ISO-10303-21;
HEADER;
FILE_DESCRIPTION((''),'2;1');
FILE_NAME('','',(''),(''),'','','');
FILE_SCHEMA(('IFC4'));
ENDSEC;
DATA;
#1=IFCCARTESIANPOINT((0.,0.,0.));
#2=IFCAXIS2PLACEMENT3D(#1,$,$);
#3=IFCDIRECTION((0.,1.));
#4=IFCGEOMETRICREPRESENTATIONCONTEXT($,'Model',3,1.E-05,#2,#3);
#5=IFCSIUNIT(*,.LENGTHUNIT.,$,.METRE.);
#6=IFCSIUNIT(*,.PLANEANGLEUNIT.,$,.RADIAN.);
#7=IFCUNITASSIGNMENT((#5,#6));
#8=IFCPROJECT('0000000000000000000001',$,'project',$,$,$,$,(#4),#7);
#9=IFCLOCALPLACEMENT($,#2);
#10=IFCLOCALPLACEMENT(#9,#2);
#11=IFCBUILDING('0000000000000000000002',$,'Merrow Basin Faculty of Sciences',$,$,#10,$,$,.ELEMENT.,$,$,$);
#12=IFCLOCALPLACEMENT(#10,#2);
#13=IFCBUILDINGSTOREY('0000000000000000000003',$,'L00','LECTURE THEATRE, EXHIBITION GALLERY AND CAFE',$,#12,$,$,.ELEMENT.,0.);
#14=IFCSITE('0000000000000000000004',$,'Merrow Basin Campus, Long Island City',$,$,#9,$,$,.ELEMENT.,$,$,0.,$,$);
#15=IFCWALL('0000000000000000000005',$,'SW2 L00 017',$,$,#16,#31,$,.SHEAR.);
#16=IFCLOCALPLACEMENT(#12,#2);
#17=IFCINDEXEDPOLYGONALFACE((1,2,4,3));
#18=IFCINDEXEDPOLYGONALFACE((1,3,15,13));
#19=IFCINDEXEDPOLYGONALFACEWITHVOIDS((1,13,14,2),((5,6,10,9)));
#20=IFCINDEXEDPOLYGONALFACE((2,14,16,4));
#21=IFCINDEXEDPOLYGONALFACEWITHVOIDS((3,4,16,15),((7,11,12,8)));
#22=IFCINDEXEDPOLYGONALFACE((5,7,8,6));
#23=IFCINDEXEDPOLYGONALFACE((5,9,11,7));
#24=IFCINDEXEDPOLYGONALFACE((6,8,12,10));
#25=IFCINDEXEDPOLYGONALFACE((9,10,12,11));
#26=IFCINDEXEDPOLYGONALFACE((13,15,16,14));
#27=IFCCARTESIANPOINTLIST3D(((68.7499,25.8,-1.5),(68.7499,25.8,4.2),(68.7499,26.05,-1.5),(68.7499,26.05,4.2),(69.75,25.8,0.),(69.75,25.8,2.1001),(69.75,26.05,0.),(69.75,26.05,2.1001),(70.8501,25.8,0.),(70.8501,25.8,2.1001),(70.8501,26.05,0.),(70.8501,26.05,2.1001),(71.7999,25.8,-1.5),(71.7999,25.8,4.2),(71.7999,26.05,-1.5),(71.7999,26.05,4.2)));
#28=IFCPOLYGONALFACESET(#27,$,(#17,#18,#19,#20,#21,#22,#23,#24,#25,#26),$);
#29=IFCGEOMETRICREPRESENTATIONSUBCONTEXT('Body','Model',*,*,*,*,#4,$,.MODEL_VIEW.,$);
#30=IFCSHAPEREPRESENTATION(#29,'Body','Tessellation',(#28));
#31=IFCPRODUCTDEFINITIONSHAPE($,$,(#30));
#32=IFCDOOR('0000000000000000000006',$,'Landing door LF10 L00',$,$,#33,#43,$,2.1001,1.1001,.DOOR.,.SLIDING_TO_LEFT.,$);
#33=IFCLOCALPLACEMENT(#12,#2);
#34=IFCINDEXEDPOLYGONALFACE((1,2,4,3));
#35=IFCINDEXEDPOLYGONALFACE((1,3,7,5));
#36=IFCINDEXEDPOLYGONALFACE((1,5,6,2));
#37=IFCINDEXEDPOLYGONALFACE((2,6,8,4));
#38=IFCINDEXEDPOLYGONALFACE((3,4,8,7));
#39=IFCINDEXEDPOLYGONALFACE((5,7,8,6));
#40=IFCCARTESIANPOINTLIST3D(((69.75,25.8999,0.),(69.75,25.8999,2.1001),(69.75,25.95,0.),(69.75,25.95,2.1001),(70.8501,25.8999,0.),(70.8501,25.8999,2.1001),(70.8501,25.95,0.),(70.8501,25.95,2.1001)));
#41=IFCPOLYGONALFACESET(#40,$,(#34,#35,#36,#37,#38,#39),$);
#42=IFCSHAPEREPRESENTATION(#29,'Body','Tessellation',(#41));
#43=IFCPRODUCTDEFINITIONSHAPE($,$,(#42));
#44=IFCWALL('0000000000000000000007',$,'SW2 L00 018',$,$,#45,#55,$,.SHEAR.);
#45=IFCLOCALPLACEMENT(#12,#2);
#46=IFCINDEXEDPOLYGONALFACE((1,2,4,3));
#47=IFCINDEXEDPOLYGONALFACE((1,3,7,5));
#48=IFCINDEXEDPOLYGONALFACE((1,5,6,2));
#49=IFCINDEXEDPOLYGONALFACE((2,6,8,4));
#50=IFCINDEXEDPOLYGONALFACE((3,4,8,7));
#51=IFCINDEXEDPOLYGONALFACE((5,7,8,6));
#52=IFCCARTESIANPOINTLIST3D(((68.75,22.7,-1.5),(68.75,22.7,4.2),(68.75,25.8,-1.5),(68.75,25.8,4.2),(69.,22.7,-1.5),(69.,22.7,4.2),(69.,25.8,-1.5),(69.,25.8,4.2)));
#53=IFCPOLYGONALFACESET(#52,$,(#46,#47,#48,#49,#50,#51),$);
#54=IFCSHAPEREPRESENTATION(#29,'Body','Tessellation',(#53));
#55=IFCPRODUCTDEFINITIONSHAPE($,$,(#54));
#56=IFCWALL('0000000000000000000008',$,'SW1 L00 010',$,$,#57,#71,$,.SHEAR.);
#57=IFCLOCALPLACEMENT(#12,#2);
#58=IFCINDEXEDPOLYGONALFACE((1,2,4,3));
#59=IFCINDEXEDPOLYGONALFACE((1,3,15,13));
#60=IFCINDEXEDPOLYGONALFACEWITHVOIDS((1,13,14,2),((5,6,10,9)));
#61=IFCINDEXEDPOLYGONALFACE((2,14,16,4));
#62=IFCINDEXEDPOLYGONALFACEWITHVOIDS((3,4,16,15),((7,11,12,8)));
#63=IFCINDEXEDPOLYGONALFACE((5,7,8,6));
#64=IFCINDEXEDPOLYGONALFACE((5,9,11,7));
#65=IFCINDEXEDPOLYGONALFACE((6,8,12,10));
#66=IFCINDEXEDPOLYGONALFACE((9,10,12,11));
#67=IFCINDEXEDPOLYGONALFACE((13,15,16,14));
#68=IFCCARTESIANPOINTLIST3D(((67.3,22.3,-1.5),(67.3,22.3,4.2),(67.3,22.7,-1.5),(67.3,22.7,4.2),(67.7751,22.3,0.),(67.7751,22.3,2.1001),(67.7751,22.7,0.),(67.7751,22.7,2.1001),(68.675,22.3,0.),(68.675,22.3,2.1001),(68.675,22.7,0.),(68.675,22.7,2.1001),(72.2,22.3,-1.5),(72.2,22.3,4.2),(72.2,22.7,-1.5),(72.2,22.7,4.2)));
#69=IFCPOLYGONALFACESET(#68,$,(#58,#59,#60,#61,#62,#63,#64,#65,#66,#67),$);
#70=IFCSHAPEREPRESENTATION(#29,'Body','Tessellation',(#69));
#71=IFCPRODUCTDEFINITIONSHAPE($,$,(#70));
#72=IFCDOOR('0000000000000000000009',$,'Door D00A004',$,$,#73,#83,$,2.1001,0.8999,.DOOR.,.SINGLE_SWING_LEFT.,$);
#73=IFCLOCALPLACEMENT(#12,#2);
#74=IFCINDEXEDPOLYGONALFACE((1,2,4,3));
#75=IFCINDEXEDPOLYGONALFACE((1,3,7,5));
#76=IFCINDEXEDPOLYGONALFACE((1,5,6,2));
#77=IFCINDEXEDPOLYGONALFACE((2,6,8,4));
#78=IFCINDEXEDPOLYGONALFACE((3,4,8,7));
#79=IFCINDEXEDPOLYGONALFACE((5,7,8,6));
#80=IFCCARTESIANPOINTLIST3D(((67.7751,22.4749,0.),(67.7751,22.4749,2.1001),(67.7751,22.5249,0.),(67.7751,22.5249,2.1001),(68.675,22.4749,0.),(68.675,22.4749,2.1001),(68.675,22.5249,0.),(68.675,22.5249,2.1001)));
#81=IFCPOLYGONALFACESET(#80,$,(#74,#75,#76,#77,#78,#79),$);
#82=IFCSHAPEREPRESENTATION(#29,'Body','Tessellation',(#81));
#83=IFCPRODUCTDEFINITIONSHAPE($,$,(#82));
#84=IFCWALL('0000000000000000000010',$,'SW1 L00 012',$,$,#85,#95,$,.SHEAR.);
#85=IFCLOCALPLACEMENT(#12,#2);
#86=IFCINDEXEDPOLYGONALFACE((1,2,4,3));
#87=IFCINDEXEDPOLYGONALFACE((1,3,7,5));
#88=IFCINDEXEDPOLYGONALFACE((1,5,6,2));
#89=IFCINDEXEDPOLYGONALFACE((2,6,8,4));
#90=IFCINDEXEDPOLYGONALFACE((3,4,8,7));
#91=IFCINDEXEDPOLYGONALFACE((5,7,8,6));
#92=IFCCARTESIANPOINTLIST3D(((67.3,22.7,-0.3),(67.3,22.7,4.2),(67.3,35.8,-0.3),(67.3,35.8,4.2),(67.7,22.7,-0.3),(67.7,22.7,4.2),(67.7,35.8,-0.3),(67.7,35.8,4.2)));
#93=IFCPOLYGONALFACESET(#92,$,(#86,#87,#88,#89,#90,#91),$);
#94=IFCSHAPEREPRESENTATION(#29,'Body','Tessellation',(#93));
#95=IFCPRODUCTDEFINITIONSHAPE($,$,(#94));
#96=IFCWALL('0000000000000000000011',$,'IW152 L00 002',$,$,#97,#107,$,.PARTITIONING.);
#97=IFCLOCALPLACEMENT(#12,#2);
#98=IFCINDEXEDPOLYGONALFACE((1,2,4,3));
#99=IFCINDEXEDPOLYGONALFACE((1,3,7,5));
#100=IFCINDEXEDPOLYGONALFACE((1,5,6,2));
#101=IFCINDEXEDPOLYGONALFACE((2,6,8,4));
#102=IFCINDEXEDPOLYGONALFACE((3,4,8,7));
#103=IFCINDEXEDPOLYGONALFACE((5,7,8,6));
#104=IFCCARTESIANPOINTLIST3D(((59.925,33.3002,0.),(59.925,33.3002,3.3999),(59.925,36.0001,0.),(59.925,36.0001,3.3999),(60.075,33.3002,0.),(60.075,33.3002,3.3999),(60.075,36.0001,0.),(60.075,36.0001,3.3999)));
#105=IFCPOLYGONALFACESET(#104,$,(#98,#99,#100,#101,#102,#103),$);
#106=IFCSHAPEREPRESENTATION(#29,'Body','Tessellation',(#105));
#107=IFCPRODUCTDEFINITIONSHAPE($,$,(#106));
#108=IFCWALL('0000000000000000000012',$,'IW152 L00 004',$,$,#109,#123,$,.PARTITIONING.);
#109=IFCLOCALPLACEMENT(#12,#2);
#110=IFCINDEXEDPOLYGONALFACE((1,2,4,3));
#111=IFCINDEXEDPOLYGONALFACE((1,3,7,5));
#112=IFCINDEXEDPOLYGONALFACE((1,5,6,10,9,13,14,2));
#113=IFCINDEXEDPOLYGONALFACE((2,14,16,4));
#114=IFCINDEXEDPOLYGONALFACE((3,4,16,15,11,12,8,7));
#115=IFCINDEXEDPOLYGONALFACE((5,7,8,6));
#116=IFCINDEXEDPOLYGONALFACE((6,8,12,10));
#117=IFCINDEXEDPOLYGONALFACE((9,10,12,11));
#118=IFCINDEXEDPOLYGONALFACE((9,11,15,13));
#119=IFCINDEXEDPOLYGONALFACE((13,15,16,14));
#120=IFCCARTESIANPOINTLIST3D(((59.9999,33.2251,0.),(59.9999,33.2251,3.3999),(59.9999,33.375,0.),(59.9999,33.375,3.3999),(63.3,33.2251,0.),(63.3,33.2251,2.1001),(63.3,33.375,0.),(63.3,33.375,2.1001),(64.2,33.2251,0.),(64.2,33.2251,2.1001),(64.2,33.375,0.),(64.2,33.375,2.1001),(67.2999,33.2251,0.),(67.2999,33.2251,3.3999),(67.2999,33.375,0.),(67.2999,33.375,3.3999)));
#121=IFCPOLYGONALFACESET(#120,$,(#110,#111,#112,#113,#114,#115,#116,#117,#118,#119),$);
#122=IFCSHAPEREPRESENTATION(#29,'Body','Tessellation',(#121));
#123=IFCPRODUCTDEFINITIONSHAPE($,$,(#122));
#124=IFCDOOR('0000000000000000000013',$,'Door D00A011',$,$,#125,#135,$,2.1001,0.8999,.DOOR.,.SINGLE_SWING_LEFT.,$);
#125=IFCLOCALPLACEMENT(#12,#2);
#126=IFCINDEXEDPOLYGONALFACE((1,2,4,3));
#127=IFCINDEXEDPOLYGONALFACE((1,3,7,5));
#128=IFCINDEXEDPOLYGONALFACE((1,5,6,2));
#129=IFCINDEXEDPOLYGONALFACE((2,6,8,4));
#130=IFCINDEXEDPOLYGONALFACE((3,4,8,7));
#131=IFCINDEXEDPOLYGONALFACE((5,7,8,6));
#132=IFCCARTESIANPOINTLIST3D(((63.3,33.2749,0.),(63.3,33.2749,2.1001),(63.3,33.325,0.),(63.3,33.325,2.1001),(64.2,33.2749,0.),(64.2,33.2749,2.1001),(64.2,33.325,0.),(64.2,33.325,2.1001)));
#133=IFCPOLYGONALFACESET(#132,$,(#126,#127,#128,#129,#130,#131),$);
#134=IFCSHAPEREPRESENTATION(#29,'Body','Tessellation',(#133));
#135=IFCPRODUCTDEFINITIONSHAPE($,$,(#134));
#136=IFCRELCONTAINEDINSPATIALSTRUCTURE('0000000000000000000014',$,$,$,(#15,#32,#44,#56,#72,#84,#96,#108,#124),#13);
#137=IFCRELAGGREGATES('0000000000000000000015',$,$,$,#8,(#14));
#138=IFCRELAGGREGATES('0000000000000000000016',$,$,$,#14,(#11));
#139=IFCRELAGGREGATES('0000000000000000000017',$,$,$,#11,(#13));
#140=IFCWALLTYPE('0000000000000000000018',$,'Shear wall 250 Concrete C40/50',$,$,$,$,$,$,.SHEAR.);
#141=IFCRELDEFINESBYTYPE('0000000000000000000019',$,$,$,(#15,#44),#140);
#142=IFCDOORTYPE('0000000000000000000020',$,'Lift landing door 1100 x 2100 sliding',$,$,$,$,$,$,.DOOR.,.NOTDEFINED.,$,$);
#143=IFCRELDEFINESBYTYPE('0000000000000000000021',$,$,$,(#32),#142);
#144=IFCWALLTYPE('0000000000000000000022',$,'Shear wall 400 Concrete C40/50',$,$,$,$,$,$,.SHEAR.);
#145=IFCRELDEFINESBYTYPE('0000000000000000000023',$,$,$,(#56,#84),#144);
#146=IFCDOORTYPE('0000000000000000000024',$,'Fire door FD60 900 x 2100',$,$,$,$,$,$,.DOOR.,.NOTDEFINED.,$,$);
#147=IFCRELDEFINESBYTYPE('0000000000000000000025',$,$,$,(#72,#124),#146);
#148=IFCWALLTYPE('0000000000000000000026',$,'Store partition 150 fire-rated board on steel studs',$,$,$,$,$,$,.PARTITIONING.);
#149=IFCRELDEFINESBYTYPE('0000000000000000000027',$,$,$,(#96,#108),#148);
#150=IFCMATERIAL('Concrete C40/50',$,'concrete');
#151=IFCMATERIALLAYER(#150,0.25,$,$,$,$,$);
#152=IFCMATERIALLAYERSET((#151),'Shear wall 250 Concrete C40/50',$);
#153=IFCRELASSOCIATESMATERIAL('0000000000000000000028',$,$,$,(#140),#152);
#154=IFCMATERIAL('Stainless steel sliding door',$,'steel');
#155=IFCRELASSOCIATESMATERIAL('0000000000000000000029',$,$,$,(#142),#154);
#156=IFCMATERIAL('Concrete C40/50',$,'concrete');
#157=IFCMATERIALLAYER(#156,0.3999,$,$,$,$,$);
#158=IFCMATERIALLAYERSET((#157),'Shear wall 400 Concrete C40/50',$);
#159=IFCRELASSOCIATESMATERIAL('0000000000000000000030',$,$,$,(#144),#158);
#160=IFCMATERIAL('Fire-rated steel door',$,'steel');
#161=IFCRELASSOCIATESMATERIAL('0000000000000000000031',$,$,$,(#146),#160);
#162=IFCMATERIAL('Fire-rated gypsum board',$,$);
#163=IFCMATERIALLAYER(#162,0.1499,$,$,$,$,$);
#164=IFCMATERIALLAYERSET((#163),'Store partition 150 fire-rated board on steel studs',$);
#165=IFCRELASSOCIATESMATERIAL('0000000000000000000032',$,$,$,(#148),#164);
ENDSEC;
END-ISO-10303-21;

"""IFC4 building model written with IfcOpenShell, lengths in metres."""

from ifc_helpers import new_model, si_unit, direction, frame, frame_2d, origin, place, context, subcontext, project, spatial, rectangle, extrude, material, layer, layer_set, type_object, element, fill, save


model = new_model("IFC4")

# Units and contexts
model_context = context("Model", 3, precision=1e-05, world=origin(), true_north=direction((0.0, 1.0)))
body_context = subcontext(model_context, "Body", "Model", "MODEL_VIEW")
ifc_project = project(units=[si_unit("LENGTHUNIT", "METRE"), si_unit("PLANEANGLEUNIT", "RADIAN")], contexts=[model_context])

# Site, building, storey
site_placement = place(None, origin())
site = spatial("IfcSite", under=ifc_project, at=site_placement, Name="Merrow Basin Campus, Long Island City", CompositionType="ELEMENT", RefElevation=0.0)
building_placement = place(site_placement, origin())
building = spatial("IfcBuilding", under=site, at=building_placement, Name="Merrow Basin Faculty of Sciences", CompositionType="ELEMENT")
storey_placement = place(building_placement, origin())
storey = spatial("IfcBuildingStorey", under=building, at=storey_placement, Name="L00", Description="LECTURE THEATRE, EXHIBITION GALLERY AND CAFE", CompositionType="ELEMENT", Elevation=0.0)

# Shared definitions
ifc_material_1 = material(Name="Concrete C40/50", Category="concrete")
ifc_layer_1 = layer(ifc_material_1, 0.25)
ifc_layer_set_1 = layer_set([ifc_layer_1], Name="Shear wall 250 Concrete C40/50")
wall_type_1 = type_object("IfcWallType", Name="Shear wall 250 Concrete C40/50", PredefinedType="SHEAR", material=ifc_layer_set_1)

# Wall, opening, door
wall_1_placement = place(storey_placement, frame((68.75, 25.925, -1.5), z_axis=(0.0, 0.0, 1.0), x_axis=(1.0, 0.0, 0.0)))
wall_1 = element("IfcWall", 1, at=wall_1_placement, inside=storey, type_object=wall_type_1, Name="SW2 L00 017", PredefinedType="SHEAR", context=body_context, shape_type="SweptSolid", body=[
    extrude(rectangle(XDim=3.05, YDim=0.25, at=frame_2d((1.5249, 0.0))), origin(), (0.0, 0.0, 1.0), 5.7),
])
opening_1_placement = place(wall_1_placement, frame((1.0, 0.0, 1.5)))
opening_1 = element("IfcOpeningElement", 2, at=opening_1_placement, cuts=wall_1, PredefinedType="OPENING", context=body_context, shape_type="SweptSolid", body=[
    extrude(rectangle(XDim=1.1001, YDim=2.1001, at=frame_2d((0.55, 1.05))), frame((0.0, 0.135, 0.0), z_axis=(0.0, -1.0, 0.0), x_axis=(1.0, 0.0, 0.0)), (0.0, 0.0, 1.0), 0.27),
])
ifc_material_2 = material(Name="Stainless steel sliding door", Category="steel")
door_type_1 = type_object("IfcDoorType", Name="Lift landing door 1100 x 2100 sliding", OperationType="NOTDEFINED", PredefinedType="DOOR", material=ifc_material_2)
door_1_placement = place(opening_1_placement, origin())
door_1 = element("IfcDoor", 3, at=door_1_placement, inside=storey, type_object=door_type_1, Name="Landing door LF10 L00", OperationType="SLIDING_TO_LEFT", OverallHeight=2.1001, OverallWidth=1.1001, PredefinedType="DOOR", context=body_context, shape_type="SweptSolid", body=[
    extrude(rectangle(XDim=1.1001, YDim=2.1001, at=frame_2d((0.55, 1.05))), frame((0.0, 0.0249, 0.0), z_axis=(0.0, -1.0, 0.0), x_axis=(1.0, 0.0, 0.0)), (0.0, 0.0, 1.0), 0.05),
])
fill(opening_1, door_1)

# Wall
wall_2_placement = place(storey_placement, frame((68.875, 22.7, -1.5), z_axis=(0.0, 0.0, 1.0), x_axis=(0.0, 1.0, 0.0)))
element("IfcWall", 4, at=wall_2_placement, inside=storey, type_object=wall_type_1, Name="SW2 L00 018", PredefinedType="SHEAR", context=body_context, shape_type="SweptSolid", body=[
    extrude(rectangle(XDim=3.1001, YDim=0.25, at=frame_2d((1.55, 0.0))), origin(), (0.0, 0.0, 1.0), 5.7),
])

# Wall, opening, door
ifc_material_3 = material(Name="Concrete C40/50", Category="concrete")
ifc_layer_2 = layer(ifc_material_3, 0.3999)
ifc_layer_set_2 = layer_set([ifc_layer_2], Name="Shear wall 400 Concrete C40/50")
wall_type_2 = type_object("IfcWallType", Name="Shear wall 400 Concrete C40/50", PredefinedType="SHEAR", material=ifc_layer_set_2)
wall_3_placement = place(storey_placement, frame((67.3, 22.5, -1.5), z_axis=(0.0, 0.0, 1.0), x_axis=(1.0, 0.0, 0.0)))
wall_3 = element("IfcWall", 5, at=wall_3_placement, inside=storey, type_object=wall_type_2, Name="SW1 L00 010", PredefinedType="SHEAR", context=body_context, shape_type="SweptSolid", body=[
    extrude(rectangle(XDim=4.8999, YDim=0.3999, at=frame_2d((2.45, 0.0))), origin(), (0.0, 0.0, 1.0), 5.7),
])
opening_2_placement = place(wall_3_placement, frame((0.4751, 0.0, 1.5)))
opening_2 = element("IfcOpeningElement", 6, at=opening_2_placement, cuts=wall_3, PredefinedType="OPENING", context=body_context, shape_type="SweptSolid", body=[
    extrude(rectangle(XDim=0.8999, YDim=2.1001, at=frame_2d((0.45, 1.05))), frame((0.0, 0.21, 0.0), z_axis=(0.0, -1.0, 0.0), x_axis=(1.0, 0.0, 0.0)), (0.0, 0.0, 1.0), 0.4199),
])
ifc_material_4 = material(Name="Fire-rated steel door", Category="steel")
door_type_2 = type_object("IfcDoorType", Name="Fire door FD60 900 x 2100", OperationType="NOTDEFINED", PredefinedType="DOOR", material=ifc_material_4)
door_2_placement = place(opening_2_placement, origin())
door_2 = element("IfcDoor", 7, at=door_2_placement, inside=storey, type_object=door_type_2, Name="Door D00A004", OperationType="SINGLE_SWING_LEFT", OverallHeight=2.1001, OverallWidth=0.8999, PredefinedType="DOOR", context=body_context, shape_type="SweptSolid", body=[
    extrude(rectangle(XDim=0.8999, YDim=2.1001, at=frame_2d((0.45, 1.05))), frame((0.0, 0.0249, 0.0), z_axis=(0.0, -1.0, 0.0), x_axis=(1.0, 0.0, 0.0)), (0.0, 0.0, 1.0), 0.05),
])
fill(opening_2, door_2)

# Walls
wall_4_placement = place(storey_placement, frame((67.5, 22.7, -0.3), z_axis=(0.0, 0.0, 1.0), x_axis=(0.0, 1.0, 0.0)))
element("IfcWall", 8, at=wall_4_placement, inside=storey, type_object=wall_type_2, Name="SW1 L00 012", PredefinedType="SHEAR", context=body_context, shape_type="SweptSolid", body=[
    extrude(rectangle(XDim=13.1001, YDim=0.3999, at=frame_2d((6.55, 0.0))), origin(), (0.0, 0.0, 1.0), 4.5),
])
ifc_material_5 = material(Name="Fire-rated gypsum board")
ifc_layer_3 = layer(ifc_material_5, 0.1499)
ifc_layer_set_3 = layer_set([ifc_layer_3], Name="Store partition 150 fire-rated board on steel studs")
wall_type_3 = type_object("IfcWallType", Name="Store partition 150 fire-rated board on steel studs", PredefinedType="PARTITIONING", material=ifc_layer_set_3)
wall_5_placement = place(storey_placement, frame((60.0, 33.3, 0.0), z_axis=(0.0, 0.0, 1.0), x_axis=(0.0, 1.0, 0.0)))
element("IfcWall", 9, at=wall_5_placement, inside=storey, type_object=wall_type_3, Name="IW152 L00 002", PredefinedType="PARTITIONING", context=body_context, shape_type="SweptSolid", body=[
    extrude(rectangle(XDim=2.7, YDim=0.1499, at=frame_2d((1.3501, 0.0))), origin(), (0.0, 0.0, 1.0), 3.3999),
])

# Wall, opening, door
wall_6_placement = place(storey_placement, frame((60.0, 33.3, 0.0), z_axis=(0.0, 0.0, 1.0), x_axis=(1.0, 0.0, 0.0)))
wall_6 = element("IfcWall", 10, at=wall_6_placement, inside=storey, type_object=wall_type_3, Name="IW152 L00 004", PredefinedType="PARTITIONING", context=body_context, shape_type="SweptSolid", body=[
    extrude(rectangle(XDim=7.3, YDim=0.1499, at=frame_2d((3.6499, 0.0))), origin(), (0.0, 0.0, 1.0), 3.3999),
])
opening_3_placement = place(wall_6_placement, frame((3.3, 0.0, 0.0)))
opening_3 = element("IfcOpeningElement", 11, at=opening_3_placement, cuts=wall_6, PredefinedType="OPENING", context=body_context, shape_type="SweptSolid", body=[
    extrude(rectangle(XDim=0.8999, YDim=2.1001, at=frame_2d((0.45, 1.05))), frame((0.0, 0.085, 0.0), z_axis=(0.0, -1.0, 0.0), x_axis=(1.0, 0.0, 0.0)), (0.0, 0.0, 1.0), 0.1699),
])
door_3_placement = place(opening_3_placement, origin())
door_3 = element("IfcDoor", 12, at=door_3_placement, inside=storey, type_object=door_type_2, Name="Door D00A011", OperationType="SINGLE_SWING_LEFT", OverallHeight=2.1001, OverallWidth=0.8999, PredefinedType="DOOR", context=body_context, shape_type="SweptSolid", body=[
    extrude(rectangle(XDim=0.8999, YDim=2.1001, at=frame_2d((0.45, 1.05))), frame((0.0, 0.0249, 0.0), z_axis=(0.0, -1.0, 0.0), x_axis=(1.0, 0.0, 0.0)), (0.0, 0.0, 1.0), 0.05),
])
fill(opening_3, door_3)

save(model, "model.ifc")
